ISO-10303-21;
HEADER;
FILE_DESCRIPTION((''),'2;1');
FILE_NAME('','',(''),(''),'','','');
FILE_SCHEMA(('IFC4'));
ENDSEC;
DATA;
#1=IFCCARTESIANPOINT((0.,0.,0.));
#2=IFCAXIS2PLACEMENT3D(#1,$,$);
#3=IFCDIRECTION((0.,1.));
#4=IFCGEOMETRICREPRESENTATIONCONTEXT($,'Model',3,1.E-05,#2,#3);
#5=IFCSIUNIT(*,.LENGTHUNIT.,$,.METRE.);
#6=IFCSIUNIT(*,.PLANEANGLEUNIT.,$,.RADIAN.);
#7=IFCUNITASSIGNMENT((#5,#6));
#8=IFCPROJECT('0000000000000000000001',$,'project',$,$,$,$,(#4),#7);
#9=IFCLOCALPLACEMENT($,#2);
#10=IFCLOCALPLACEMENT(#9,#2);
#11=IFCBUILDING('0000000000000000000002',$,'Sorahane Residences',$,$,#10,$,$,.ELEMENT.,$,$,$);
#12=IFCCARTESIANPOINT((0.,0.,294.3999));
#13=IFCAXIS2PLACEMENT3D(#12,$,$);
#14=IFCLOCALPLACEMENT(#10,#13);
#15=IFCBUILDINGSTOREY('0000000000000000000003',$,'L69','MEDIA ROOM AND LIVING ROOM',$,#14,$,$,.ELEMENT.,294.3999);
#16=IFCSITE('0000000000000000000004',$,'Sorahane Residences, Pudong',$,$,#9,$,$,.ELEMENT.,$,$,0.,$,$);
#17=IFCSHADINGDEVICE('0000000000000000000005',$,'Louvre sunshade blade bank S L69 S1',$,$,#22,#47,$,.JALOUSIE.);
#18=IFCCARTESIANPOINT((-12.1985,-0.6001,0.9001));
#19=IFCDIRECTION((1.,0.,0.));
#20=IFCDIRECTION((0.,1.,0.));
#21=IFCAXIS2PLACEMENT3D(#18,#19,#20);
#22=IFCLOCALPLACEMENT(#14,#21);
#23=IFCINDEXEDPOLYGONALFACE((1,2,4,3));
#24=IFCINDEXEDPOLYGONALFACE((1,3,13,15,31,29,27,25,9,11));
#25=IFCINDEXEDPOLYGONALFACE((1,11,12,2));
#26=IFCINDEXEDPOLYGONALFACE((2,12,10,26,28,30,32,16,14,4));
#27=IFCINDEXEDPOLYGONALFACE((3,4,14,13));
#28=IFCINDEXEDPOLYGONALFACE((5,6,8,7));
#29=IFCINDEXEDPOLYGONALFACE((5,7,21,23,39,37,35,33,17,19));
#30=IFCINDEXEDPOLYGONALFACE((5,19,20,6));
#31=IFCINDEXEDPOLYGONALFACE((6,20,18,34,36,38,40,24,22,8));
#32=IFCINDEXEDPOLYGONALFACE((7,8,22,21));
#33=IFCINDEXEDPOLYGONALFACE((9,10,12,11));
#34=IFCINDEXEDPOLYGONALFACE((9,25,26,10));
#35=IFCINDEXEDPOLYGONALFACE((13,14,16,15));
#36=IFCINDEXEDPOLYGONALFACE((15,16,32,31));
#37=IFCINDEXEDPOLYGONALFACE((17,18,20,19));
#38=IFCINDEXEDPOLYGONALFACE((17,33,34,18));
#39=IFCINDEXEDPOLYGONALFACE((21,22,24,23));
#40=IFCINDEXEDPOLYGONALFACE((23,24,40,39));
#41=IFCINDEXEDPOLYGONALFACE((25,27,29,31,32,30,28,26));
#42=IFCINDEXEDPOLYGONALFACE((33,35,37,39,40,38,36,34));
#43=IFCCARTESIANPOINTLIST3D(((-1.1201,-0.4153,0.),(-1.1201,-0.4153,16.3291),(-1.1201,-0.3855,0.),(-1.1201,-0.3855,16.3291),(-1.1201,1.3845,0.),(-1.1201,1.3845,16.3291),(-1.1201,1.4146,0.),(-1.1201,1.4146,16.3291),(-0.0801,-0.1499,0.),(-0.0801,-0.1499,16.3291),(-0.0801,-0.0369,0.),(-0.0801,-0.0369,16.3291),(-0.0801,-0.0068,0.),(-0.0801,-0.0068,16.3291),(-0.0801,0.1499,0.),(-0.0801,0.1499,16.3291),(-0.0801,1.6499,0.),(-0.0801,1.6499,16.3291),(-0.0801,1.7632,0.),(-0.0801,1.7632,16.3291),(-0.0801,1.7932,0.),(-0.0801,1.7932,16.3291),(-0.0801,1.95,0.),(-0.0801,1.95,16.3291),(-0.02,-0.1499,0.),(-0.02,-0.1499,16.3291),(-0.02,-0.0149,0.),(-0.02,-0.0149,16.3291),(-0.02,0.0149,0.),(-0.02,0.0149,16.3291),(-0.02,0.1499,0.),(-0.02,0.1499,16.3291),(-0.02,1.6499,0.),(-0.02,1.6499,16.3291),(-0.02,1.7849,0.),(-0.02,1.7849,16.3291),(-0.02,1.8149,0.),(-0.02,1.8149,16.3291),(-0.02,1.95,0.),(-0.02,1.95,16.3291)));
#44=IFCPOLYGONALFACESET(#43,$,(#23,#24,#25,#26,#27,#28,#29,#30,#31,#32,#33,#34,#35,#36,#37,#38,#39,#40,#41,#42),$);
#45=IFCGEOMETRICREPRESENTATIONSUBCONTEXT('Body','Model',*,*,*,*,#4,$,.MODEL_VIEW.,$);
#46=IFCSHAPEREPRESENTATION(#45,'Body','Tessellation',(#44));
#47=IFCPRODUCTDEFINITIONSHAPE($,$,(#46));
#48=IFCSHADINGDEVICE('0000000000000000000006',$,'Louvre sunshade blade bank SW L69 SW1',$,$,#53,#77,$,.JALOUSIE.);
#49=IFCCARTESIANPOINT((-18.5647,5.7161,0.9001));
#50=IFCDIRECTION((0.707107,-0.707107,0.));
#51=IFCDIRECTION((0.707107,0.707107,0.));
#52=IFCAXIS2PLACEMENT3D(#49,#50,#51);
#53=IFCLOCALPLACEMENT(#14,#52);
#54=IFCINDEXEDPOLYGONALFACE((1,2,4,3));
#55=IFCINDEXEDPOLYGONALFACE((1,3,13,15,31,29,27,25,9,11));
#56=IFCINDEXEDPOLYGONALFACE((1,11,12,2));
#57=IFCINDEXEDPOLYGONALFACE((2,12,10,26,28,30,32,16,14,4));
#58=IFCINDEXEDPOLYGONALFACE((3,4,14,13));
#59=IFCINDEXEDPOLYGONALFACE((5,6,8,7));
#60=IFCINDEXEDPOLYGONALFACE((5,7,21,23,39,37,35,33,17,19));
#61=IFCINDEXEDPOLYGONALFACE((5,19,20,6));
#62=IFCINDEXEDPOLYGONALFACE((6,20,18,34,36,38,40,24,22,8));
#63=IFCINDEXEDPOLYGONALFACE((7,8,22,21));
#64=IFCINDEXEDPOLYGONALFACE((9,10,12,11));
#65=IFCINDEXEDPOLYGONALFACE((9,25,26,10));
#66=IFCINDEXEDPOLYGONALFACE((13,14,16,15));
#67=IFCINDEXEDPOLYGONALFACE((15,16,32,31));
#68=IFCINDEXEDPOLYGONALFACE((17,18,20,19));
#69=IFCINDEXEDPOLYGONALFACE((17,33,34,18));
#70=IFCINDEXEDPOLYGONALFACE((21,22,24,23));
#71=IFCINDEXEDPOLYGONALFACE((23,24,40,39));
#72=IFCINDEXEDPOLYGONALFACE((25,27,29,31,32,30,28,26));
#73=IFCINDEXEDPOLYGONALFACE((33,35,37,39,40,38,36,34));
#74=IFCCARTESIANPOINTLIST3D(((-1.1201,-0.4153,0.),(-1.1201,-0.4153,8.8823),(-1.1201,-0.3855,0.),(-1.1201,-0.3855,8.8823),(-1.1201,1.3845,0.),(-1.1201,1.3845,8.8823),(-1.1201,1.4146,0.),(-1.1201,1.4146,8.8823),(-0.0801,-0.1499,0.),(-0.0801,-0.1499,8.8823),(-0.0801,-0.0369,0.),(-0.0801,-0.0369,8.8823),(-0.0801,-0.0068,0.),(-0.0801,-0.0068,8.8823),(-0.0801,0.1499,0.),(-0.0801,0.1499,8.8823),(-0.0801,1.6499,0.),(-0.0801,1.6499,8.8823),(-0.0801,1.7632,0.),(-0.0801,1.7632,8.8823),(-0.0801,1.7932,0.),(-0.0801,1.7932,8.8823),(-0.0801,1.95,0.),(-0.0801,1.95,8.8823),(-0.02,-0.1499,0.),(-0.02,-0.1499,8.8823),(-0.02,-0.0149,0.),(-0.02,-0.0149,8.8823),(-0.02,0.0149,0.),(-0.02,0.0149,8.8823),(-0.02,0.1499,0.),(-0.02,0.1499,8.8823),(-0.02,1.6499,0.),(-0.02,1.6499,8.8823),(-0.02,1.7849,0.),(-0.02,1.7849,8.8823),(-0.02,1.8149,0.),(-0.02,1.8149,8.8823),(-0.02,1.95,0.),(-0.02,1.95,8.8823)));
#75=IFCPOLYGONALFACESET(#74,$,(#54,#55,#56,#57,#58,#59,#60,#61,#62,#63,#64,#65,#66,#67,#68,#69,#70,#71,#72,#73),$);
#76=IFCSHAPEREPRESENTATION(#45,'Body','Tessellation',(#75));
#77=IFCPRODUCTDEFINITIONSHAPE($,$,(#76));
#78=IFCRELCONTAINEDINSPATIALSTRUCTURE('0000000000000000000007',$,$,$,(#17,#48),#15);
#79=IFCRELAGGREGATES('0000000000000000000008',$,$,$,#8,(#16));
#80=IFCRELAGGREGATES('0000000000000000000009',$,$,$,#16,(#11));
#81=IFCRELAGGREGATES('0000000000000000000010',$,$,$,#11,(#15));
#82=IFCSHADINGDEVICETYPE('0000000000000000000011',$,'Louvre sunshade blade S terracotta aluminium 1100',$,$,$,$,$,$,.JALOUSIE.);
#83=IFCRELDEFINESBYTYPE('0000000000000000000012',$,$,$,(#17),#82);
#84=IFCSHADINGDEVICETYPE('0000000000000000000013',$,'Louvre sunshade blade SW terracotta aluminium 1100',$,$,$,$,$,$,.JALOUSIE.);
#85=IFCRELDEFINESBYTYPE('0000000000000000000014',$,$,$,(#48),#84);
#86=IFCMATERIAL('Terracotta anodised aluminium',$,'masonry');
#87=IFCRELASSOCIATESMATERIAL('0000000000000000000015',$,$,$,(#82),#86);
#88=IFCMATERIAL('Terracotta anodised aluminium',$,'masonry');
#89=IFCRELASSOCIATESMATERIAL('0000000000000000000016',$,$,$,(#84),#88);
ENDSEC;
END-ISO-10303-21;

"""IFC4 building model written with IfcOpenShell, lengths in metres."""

from ifc_helpers import new_model, si_unit, direction, frame, origin, place, context, subcontext, project, spatial, polyline, outline, composite_profile, extrude, material, type_object, element, save


model = new_model("IFC4")

# Units and contexts
model_context = context("Model", 3, precision=1e-05, world=origin(), true_north=direction((0.0, 1.0)))
body_context = subcontext(model_context, "Body", "Model", "MODEL_VIEW")
ifc_project = project(units=[si_unit("LENGTHUNIT", "METRE"), si_unit("PLANEANGLEUNIT", "RADIAN")], contexts=[model_context])

# Site, building, storey
site_placement = place(None, origin())
site = spatial("IfcSite", under=ifc_project, at=site_placement, Name="Sorahane Residences, Pudong", CompositionType="ELEMENT", RefElevation=0.0)
building_placement = place(site_placement, origin())
building = spatial("IfcBuilding", under=site, at=building_placement, Name="Sorahane Residences", CompositionType="ELEMENT")
storey_placement = place(building_placement, frame((0.0, 0.0, 294.3999)))
storey = spatial("IfcBuildingStorey", under=building, at=storey_placement, Name="L69", Description="MEDIA ROOM AND LIVING ROOM", CompositionType="ELEMENT", Elevation=294.3999)

# Shading devices
ifc_material_1 = material(Name="Terracotta anodised aluminium", Category="masonry")
shading_device_type_1 = type_object("IfcShadingDeviceType", Name="Louvre sunshade blade S terracotta aluminium 1100", PredefinedType="JALOUSIE", material=ifc_material_1)
shading_device_1_placement = place(storey_placement, frame((-12.1985, -0.6001, 0.9001), z_axis=(1.0, 0.0, 0.0), x_axis=(0.0, 1.0, 0.0)))
element("IfcShadingDevice", 1, at=shading_device_1_placement, inside=storey, type_object=shading_device_type_1, Name="Louvre sunshade blade bank S L69 S1", PredefinedType="JALOUSIE", context=body_context, shape_type="SweptSolid", body=[
    extrude(composite_profile([outline(polyline([(-1.1201, -0.3855), (-1.1201, -0.4153), (-0.0801, -0.0369), (-0.0801, -0.1499), (-0.02, -0.1499), (-0.02, -0.0149), (-0.02, 0.0149), (-0.02, 0.1499), (-0.0801, 0.1499), (-0.0801, -0.0068), (-1.1201, -0.3855)])), outline(polyline([(-1.1201, 1.4146), (-1.1201, 1.3845), (-0.0801, 1.7632), (-0.0801, 1.6499), (-0.02, 1.6499), (-0.02, 1.7849), (-0.02, 1.8149), (-0.02, 1.95), (-0.0801, 1.95), (-0.0801, 1.7932), (-1.1201, 1.4146)]))]), origin(), (0.0, 0.0, 1.0), 16.3291),
])
ifc_material_2 = material(Name="Terracotta anodised aluminium", Category="masonry")
shading_device_type_2 = type_object("IfcShadingDeviceType", Name="Louvre sunshade blade SW terracotta aluminium 1100", PredefinedType="JALOUSIE", material=ifc_material_2)
shading_device_2_placement = place(storey_placement, frame((-18.5647, 5.7161, 0.9001), z_axis=(0.707107, -0.707107, 0.0), x_axis=(0.707107, 0.707107, 0.0)))
element("IfcShadingDevice", 2, at=shading_device_2_placement, inside=storey, type_object=shading_device_type_2, Name="Louvre sunshade blade bank SW L69 SW1", PredefinedType="JALOUSIE", context=body_context, shape_type="SweptSolid", body=[
    extrude(composite_profile([outline(polyline([(-1.1201, -0.3855), (-1.1201, -0.4153), (-0.0801, -0.0369), (-0.0801, -0.1499), (-0.02, -0.1499), (-0.02, -0.0149), (-0.02, 0.0149), (-0.02, 0.1499), (-0.0801, 0.1499), (-0.0801, -0.0068), (-1.1201, -0.3855)])), outline(polyline([(-1.1201, 1.4146), (-1.1201, 1.3845), (-0.0801, 1.7632), (-0.0801, 1.6499), (-0.02, 1.6499), (-0.02, 1.7849), (-0.02, 1.8149), (-0.02, 1.95), (-0.0801, 1.95), (-0.0801, 1.7932), (-1.1201, 1.4146)]))]), origin(), (0.0, 0.0, 1.0), 8.8823),
])

save(model, "model.ifc")
